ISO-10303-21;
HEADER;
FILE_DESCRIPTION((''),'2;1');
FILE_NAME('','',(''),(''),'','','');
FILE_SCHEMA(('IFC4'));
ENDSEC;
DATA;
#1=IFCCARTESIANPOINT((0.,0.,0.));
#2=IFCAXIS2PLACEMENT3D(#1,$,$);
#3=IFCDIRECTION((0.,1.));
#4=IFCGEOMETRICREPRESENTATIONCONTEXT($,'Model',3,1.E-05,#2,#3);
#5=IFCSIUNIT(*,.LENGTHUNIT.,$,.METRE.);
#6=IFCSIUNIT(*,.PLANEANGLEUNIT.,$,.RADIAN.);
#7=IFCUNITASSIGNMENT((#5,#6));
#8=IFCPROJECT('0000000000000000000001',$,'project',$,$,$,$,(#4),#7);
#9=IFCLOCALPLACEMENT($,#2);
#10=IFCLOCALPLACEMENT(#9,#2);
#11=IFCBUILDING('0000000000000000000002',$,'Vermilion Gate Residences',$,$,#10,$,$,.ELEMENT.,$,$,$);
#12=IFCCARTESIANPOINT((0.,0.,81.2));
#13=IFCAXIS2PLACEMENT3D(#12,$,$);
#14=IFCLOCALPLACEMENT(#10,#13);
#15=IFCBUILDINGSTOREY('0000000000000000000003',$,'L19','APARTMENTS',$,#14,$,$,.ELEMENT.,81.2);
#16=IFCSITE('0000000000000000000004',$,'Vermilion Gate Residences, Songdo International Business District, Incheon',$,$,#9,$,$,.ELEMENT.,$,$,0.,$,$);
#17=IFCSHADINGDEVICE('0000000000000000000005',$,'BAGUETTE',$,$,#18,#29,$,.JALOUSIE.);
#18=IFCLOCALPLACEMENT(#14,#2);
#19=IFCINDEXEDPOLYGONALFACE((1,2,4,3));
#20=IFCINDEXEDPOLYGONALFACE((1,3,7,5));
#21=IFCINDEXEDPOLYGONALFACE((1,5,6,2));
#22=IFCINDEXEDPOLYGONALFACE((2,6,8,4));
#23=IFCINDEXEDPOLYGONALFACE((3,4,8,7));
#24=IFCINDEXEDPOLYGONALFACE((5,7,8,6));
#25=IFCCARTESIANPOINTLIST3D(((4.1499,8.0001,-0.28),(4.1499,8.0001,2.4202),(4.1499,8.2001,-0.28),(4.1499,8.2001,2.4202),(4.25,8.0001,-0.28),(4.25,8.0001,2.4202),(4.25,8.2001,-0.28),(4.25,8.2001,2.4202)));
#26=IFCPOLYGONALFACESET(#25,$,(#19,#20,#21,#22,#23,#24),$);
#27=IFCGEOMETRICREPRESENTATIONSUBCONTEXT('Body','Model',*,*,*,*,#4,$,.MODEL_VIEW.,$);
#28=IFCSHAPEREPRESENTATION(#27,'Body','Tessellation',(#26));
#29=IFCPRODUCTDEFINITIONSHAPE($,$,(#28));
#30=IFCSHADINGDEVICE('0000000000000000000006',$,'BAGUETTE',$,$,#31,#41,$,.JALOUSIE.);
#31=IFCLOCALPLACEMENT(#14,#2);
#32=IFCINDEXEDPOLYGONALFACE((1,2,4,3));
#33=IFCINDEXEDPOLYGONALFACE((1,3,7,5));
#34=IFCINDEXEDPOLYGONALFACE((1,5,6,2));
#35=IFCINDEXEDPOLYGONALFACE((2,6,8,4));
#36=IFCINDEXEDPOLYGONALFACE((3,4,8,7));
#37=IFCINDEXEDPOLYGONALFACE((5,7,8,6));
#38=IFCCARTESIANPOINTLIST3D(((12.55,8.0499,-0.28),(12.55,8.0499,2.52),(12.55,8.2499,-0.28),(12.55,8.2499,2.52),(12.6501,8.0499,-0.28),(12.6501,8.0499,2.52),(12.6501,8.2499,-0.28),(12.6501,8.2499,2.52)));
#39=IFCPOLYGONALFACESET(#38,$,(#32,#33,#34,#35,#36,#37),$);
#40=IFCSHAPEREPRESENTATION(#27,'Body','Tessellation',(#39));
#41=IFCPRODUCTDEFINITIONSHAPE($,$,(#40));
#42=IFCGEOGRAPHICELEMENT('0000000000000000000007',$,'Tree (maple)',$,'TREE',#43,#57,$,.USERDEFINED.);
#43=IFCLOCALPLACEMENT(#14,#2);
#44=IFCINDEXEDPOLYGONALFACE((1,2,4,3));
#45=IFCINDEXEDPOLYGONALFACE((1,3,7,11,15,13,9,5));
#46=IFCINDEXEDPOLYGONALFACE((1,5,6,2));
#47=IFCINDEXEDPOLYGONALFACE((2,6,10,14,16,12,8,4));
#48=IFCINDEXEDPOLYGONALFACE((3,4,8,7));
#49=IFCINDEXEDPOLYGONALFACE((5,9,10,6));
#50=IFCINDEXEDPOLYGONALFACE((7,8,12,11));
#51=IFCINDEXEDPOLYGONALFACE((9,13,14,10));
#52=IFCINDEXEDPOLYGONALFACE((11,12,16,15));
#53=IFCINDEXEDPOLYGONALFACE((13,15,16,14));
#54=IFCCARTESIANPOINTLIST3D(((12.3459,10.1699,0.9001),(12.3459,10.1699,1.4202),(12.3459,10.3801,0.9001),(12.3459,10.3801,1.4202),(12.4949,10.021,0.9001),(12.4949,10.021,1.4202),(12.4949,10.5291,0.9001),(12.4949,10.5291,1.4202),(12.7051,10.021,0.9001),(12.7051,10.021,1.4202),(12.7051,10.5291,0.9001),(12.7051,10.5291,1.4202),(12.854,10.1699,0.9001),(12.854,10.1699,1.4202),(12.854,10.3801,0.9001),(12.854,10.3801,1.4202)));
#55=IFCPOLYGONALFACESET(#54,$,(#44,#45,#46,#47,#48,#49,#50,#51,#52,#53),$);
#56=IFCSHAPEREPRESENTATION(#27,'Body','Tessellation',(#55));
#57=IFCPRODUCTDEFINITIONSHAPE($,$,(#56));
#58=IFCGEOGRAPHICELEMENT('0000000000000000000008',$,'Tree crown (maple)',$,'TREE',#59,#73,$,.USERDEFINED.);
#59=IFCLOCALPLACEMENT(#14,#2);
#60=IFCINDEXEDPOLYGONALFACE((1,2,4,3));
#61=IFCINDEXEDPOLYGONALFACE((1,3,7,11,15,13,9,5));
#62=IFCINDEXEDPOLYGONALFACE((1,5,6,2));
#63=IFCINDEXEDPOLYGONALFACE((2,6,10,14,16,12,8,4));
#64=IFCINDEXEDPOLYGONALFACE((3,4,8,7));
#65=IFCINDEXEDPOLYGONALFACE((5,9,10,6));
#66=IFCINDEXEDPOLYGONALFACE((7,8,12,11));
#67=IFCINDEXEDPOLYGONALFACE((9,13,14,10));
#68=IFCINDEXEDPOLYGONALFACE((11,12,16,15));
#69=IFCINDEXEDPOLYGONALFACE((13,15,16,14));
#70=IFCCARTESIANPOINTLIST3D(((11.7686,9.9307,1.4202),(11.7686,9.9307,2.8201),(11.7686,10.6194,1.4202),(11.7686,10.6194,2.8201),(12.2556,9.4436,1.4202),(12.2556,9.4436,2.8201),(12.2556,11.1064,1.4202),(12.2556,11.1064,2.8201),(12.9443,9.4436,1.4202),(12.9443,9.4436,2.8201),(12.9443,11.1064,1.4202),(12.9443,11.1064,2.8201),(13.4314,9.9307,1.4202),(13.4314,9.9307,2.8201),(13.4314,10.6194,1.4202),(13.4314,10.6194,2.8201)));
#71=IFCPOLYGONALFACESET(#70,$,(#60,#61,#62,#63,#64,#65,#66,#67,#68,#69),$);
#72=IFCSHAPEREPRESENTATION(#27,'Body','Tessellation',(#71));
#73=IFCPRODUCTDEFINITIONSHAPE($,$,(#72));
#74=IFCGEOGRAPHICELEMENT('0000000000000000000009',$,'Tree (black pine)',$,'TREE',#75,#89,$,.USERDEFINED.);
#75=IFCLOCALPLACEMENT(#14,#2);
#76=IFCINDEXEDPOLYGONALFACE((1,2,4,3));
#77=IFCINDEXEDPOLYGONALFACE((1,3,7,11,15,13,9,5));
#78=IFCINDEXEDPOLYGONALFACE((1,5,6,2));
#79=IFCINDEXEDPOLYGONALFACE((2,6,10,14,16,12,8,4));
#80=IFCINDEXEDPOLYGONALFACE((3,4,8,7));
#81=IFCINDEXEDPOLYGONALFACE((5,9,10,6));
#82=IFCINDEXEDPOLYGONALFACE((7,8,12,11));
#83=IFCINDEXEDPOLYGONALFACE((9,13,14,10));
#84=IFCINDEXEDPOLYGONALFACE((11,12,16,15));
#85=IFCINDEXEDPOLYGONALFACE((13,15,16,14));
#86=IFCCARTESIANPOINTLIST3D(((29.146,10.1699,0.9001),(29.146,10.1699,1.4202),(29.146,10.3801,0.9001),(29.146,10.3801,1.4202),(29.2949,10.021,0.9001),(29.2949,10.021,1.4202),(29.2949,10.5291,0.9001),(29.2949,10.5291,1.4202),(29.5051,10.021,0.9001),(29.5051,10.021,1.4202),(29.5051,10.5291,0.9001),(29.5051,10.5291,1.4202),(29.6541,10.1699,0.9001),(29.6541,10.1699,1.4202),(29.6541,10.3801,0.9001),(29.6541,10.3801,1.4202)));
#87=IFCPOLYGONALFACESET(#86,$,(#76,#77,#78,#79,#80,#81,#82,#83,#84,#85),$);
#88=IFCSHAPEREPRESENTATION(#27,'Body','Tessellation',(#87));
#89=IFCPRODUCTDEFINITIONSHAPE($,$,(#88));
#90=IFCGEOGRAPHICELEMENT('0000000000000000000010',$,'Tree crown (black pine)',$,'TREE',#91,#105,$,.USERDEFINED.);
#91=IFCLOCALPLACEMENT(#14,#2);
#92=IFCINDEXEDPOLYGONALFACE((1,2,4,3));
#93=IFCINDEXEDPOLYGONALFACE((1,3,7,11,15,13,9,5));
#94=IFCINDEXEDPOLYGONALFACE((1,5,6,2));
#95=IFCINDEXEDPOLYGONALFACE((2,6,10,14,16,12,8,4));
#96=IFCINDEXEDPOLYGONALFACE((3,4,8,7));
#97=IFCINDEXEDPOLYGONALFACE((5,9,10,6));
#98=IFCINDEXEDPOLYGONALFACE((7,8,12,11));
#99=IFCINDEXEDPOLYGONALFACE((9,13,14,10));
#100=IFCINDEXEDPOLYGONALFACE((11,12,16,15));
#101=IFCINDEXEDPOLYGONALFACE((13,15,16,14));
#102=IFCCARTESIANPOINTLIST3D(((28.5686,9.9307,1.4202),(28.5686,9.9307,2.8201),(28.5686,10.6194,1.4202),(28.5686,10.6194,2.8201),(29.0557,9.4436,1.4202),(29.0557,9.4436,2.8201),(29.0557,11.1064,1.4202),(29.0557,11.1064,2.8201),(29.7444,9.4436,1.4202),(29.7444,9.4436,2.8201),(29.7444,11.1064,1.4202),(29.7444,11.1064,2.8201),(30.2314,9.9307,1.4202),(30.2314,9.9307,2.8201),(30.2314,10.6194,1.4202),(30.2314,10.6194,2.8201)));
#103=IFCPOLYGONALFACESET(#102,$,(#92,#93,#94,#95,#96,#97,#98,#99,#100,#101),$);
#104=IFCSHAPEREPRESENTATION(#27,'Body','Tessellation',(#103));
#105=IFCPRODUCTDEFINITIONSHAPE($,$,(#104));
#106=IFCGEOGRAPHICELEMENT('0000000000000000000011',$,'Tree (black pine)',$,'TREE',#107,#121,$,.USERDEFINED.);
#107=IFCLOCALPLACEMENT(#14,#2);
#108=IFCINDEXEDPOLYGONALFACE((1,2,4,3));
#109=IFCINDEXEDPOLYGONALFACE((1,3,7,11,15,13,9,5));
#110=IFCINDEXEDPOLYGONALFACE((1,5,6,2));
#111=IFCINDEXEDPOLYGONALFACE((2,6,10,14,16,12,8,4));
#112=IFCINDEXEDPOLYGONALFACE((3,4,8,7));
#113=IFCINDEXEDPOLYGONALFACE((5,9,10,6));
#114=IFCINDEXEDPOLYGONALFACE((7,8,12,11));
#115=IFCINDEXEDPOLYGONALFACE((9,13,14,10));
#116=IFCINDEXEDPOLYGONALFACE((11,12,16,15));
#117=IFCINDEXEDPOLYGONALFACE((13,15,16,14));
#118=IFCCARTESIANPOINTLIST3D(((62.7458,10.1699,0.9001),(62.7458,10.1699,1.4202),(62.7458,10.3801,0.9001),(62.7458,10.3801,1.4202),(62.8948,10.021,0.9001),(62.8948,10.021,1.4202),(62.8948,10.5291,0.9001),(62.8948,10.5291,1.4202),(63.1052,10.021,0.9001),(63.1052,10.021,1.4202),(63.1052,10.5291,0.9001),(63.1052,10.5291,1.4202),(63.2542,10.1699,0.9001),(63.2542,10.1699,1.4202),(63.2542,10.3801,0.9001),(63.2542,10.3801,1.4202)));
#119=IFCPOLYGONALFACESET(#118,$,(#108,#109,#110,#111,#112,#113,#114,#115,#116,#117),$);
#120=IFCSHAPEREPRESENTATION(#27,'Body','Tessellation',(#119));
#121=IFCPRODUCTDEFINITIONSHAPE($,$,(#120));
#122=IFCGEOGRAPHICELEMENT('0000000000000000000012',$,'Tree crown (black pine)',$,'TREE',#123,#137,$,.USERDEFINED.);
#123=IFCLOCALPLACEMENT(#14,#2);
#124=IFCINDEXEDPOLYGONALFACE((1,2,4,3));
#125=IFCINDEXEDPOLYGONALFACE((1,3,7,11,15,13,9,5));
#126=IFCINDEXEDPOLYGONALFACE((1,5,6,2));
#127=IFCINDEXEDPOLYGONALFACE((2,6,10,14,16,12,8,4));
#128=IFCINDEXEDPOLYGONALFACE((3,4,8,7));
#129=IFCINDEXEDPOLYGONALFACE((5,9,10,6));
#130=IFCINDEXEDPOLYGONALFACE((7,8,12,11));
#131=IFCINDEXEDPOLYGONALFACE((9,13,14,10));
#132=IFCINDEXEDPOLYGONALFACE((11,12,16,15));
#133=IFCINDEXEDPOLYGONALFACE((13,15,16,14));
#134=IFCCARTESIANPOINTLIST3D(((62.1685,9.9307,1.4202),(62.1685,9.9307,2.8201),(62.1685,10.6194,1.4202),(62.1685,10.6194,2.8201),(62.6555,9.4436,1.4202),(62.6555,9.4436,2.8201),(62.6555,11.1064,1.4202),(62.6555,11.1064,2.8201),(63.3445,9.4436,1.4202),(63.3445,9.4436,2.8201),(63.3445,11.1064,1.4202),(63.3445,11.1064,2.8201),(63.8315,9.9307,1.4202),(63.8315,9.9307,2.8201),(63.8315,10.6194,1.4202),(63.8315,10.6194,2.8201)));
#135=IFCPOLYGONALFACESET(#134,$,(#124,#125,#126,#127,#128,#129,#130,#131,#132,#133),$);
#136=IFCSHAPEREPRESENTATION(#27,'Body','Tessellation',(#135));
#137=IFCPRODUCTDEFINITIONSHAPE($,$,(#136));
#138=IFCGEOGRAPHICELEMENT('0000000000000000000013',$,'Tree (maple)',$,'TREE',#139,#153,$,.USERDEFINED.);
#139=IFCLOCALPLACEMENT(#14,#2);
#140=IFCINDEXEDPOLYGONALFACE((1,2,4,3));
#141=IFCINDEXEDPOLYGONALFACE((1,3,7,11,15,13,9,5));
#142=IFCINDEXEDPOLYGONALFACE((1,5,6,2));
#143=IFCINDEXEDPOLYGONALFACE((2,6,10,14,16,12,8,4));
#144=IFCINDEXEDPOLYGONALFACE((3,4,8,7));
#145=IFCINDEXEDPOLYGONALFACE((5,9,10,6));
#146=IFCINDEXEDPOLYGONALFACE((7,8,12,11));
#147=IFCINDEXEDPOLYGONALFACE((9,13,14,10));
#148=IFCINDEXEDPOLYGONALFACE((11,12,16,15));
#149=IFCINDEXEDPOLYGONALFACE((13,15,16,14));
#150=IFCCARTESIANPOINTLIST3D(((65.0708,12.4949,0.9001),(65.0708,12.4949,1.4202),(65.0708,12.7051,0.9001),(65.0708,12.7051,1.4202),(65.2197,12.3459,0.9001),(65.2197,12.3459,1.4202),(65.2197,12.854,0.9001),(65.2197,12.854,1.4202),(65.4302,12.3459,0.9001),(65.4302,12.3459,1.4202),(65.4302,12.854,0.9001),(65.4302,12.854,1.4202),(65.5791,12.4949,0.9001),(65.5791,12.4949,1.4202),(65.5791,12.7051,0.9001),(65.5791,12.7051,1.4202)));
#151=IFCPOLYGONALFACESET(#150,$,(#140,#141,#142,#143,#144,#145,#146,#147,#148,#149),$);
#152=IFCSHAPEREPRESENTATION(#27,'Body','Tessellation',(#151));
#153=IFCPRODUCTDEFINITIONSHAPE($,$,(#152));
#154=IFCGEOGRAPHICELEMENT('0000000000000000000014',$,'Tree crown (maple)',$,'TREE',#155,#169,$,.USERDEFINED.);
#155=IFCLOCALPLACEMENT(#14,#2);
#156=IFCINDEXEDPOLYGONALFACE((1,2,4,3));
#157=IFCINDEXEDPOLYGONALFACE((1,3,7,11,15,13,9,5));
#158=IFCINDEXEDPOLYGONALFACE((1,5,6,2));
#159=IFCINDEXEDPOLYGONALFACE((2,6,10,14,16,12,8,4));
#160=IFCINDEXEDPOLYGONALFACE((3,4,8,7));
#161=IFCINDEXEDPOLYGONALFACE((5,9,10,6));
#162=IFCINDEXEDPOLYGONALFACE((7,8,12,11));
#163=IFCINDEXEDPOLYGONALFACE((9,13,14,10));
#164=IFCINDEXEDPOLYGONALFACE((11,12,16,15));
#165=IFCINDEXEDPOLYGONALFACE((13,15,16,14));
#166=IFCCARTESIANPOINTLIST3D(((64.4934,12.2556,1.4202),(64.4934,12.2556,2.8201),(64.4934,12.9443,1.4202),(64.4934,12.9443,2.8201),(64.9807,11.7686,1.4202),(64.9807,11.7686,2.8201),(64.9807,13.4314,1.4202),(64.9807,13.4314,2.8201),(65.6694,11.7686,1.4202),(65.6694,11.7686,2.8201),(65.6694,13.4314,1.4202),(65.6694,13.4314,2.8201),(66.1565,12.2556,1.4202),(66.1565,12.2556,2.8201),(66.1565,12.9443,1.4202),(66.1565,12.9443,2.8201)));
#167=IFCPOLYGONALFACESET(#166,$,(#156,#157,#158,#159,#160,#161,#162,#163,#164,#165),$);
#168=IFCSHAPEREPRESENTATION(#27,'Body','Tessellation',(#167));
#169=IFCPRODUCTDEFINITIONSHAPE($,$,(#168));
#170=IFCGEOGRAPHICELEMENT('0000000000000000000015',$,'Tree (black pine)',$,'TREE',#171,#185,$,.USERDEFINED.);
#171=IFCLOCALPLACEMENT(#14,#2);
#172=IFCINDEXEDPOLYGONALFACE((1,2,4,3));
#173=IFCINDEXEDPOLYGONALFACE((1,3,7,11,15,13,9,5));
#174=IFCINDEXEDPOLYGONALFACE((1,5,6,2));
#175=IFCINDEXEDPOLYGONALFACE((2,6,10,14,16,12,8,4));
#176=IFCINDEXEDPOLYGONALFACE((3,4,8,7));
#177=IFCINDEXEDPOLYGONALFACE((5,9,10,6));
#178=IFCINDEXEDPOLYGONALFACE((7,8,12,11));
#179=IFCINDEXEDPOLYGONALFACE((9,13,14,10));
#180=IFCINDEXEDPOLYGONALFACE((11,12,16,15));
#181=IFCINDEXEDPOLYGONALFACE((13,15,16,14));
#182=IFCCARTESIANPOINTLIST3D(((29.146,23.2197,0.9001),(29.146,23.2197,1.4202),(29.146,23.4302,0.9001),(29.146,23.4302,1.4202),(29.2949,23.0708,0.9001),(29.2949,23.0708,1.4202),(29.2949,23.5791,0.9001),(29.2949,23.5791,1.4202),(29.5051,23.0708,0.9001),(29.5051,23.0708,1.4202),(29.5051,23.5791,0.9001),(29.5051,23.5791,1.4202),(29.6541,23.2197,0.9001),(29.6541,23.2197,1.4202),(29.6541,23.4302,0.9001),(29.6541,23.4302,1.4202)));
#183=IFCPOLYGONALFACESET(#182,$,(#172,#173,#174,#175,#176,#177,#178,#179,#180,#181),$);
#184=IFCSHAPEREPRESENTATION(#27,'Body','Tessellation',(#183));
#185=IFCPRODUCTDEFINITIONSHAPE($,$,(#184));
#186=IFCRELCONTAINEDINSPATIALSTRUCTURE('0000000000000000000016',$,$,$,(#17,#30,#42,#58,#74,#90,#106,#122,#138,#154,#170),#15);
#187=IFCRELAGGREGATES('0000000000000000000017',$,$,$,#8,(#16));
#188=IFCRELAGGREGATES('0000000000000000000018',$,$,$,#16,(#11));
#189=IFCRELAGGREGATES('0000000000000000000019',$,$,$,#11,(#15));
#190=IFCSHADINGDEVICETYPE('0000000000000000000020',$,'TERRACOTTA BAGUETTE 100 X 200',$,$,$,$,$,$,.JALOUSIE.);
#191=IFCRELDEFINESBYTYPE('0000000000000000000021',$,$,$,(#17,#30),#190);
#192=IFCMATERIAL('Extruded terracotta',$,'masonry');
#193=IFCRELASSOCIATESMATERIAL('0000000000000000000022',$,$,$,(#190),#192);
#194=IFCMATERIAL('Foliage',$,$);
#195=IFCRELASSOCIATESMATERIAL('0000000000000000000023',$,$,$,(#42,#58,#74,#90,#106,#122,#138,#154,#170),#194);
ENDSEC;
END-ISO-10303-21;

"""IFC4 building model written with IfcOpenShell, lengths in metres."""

from ifc_helpers import new_model, si_unit, direction, frame, origin, origin_2d, place, context, subcontext, project, spatial, polyline, rectangle, outline, extrude, material, material_profile, profile_set, type_object, element, save


model = new_model("IFC4")

# Units and contexts
model_context = context("Model", 3, precision=1e-05, world=origin(), true_north=direction((0.0, 1.0)))
body_context = subcontext(model_context, "Body", "Model", "MODEL_VIEW")
ifc_project = project(units=[si_unit("LENGTHUNIT", "METRE"), si_unit("PLANEANGLEUNIT", "RADIAN")], contexts=[model_context])

# Site, building, storey
site_placement = place(None, origin())
site = spatial("IfcSite", under=ifc_project, at=site_placement, Name="Vermilion Gate Residences, Songdo International Business District, Incheon", CompositionType="ELEMENT", RefElevation=0.0)
building_placement = place(site_placement, origin())
building = spatial("IfcBuilding", under=site, at=building_placement, Name="Vermilion Gate Residences", CompositionType="ELEMENT")
storey_placement = place(building_placement, frame((0.0, 0.0, 81.2)))
storey = spatial("IfcBuildingStorey", under=building, at=storey_placement, Name="L19", Description="APARTMENTS", CompositionType="ELEMENT", Elevation=81.2)

# Shading devices
ifc_material_1 = material(Name="Extruded terracotta", Category="masonry")
ifc_material_profile_1 = material_profile(ifc_material_1, rectangle(XDim=0.2, YDim=0.1001, at=origin_2d()), Name="BAGUETTE 100 X 200")
ifc_profile_set_1 = profile_set([ifc_material_profile_1], Name="Extruded terracotta")
shading_device_type_1 = type_object("IfcShadingDeviceType", Name="TERRACOTTA BAGUETTE 100 X 200", PredefinedType="JALOUSIE", material=ifc_profile_set_1)
shading_device_1_placement = place(storey_placement, frame((4.2, 8.1001, -0.28), z_axis=(0.0, 0.0, 1.0), x_axis=(0.0, 1.0, 0.0)))
element("IfcShadingDevice", 1, at=shading_device_1_placement, inside=storey, type_object=shading_device_type_1, Name="BAGUETTE", PredefinedType="JALOUSIE", context=body_context, shape_type="SweptSolid", body=[
    extrude(rectangle(XDim=0.2, YDim=0.1001, at=origin_2d()), origin(), (0.0, 0.0, 1.0), 2.7002),
])
shading_device_2_placement = place(storey_placement, frame((12.6001, 8.1499, -0.28), z_axis=(0.0, 0.0, 1.0), x_axis=(0.0, 1.0, 0.0)))
element("IfcShadingDevice", 2, at=shading_device_2_placement, inside=storey, type_object=shading_device_type_1, Name="BAGUETTE", PredefinedType="JALOUSIE", context=body_context, shape_type="SweptSolid", body=[
    extrude(rectangle(XDim=0.2, YDim=0.1001, at=origin_2d()), origin(), (0.0, 0.0, 1.0), 2.8),
])

# Geographic elements
ifc_material_2 = material(Name="Foliage")
geographic_element_1_placement = place(storey_placement, frame((0.0, 0.0, 0.9001)))
element("IfcGeographicElement", 3, at=geographic_element_1_placement, inside=storey, material=ifc_material_2, Name="Tree (maple)", ObjectType="TREE", PredefinedType="USERDEFINED", context=body_context, shape_type="SweptSolid", body=[
    extrude(outline(polyline([(12.854, 10.3801), (12.7051, 10.5291), (12.4949, 10.5291), (12.3459, 10.3801), (12.3459, 10.1699), (12.4949, 10.021), (12.7051, 10.021), (12.854, 10.1699), (12.854, 10.3801)])), origin(), (0.0, 0.0, 1.0), 0.52),
])
geographic_element_2_placement = place(storey_placement, frame((0.0, 0.0, 1.4202)))
element("IfcGeographicElement", 4, at=geographic_element_2_placement, inside=storey, material=ifc_material_2, Name="Tree crown (maple)", ObjectType="TREE", PredefinedType="USERDEFINED", context=body_context, shape_type="SweptSolid", body=[
    extrude(outline(polyline([(13.4314, 10.6194), (12.9443, 11.1064), (12.2556, 11.1064), (11.7686, 10.6194), (11.7686, 9.9307), (12.2556, 9.4436), (12.9443, 9.4436), (13.4314, 9.9307), (13.4314, 10.6194)])), origin(), (0.0, 0.0, 1.0), 1.3999),
])
geographic_element_3_placement = place(storey_placement, frame((0.0, 0.0, 0.9001)))
element("IfcGeographicElement", 5, at=geographic_element_3_placement, inside=storey, material=ifc_material_2, Name="Tree (black pine)", ObjectType="TREE", PredefinedType="USERDEFINED", context=body_context, shape_type="SweptSolid", body=[
    extrude(outline(polyline([(29.6541, 10.3801), (29.5051, 10.5291), (29.2949, 10.5291), (29.146, 10.3801), (29.146, 10.1699), (29.2949, 10.021), (29.5051, 10.021), (29.6541, 10.1699), (29.6541, 10.3801)])), origin(), (0.0, 0.0, 1.0), 0.52),
])
geographic_element_4_placement = place(storey_placement, frame((0.0, 0.0, 1.4202)))
element("IfcGeographicElement", 6, at=geographic_element_4_placement, inside=storey, material=ifc_material_2, Name="Tree crown (black pine)", ObjectType="TREE", PredefinedType="USERDEFINED", context=body_context, shape_type="SweptSolid", body=[
    extrude(outline(polyline([(30.2314, 10.6194), (29.7444, 11.1064), (29.0557, 11.1064), (28.5686, 10.6194), (28.5686, 9.9307), (29.0557, 9.4436), (29.7444, 9.4436), (30.2314, 9.9307), (30.2314, 10.6194)])), origin(), (0.0, 0.0, 1.0), 1.3999),
])
geographic_element_5_placement = place(storey_placement, frame((0.0, 0.0, 0.9001)))
element("IfcGeographicElement", 7, at=geographic_element_5_placement, inside=storey, material=ifc_material_2, Name="Tree (black pine)", ObjectType="TREE", PredefinedType="USERDEFINED", context=body_context, shape_type="SweptSolid", body=[
    extrude(outline(polyline([(63.2542, 10.3801), (63.1052, 10.5291), (62.8948, 10.5291), (62.7458, 10.3801), (62.7458, 10.1699), (62.8948, 10.021), (63.1052, 10.021), (63.2542, 10.1699), (63.2542, 10.3801)])), origin(), (0.0, 0.0, 1.0), 0.52),
])
geographic_element_6_placement = place(storey_placement, frame((0.0, 0.0, 1.4202)))
element("IfcGeographicElement", 8, at=geographic_element_6_placement, inside=storey, material=ifc_material_2, Name="Tree crown (black pine)", ObjectType="TREE", PredefinedType="USERDEFINED", context=body_context, shape_type="SweptSolid", body=[
    extrude(outline(polyline([(63.8315, 10.6194), (63.3445, 11.1064), (62.6555, 11.1064), (62.1685, 10.6194), (62.1685, 9.9307), (62.6555, 9.4436), (63.3445, 9.4436), (63.8315, 9.9307), (63.8315, 10.6194)])), origin(), (0.0, 0.0, 1.0), 1.3999),
])
geographic_element_7_placement = place(storey_placement, frame((0.0, 0.0, 0.9001)))
element("IfcGeographicElement", 9, at=geographic_element_7_placement, inside=storey, material=ifc_material_2, Name="Tree (maple)", ObjectType="TREE", PredefinedType="USERDEFINED", context=body_context, shape_type="SweptSolid", body=[
    extrude(outline(polyline([(65.5791, 12.7051), (65.4302, 12.854), (65.2197, 12.854), (65.0708, 12.7051), (65.0708, 12.4949), (65.2197, 12.3459), (65.4302, 12.3459), (65.5791, 12.4949), (65.5791, 12.7051)])), origin(), (0.0, 0.0, 1.0), 0.52),
])
geographic_element_8_placement = place(storey_placement, frame((0.0, 0.0, 1.4202)))
element("IfcGeographicElement", 10, at=geographic_element_8_placement, inside=storey, material=ifc_material_2, Name="Tree crown (maple)", ObjectType="TREE", PredefinedType="USERDEFINED", context=body_context, shape_type="SweptSolid", body=[
    extrude(outline(polyline([(66.1565, 12.9443), (65.6694, 13.4314), (64.9807, 13.4314), (64.4934, 12.9443), (64.4934, 12.2556), (64.9807, 11.7686), (65.6694, 11.7686), (66.1565, 12.2556), (66.1565, 12.9443)])), origin(), (0.0, 0.0, 1.0), 1.3999),
])
geographic_element_9_placement = place(storey_placement, frame((0.0, 0.0, 0.9001)))
element("IfcGeographicElement", 11, at=geographic_element_9_placement, inside=storey, material=ifc_material_2, Name="Tree (black pine)", ObjectType="TREE", PredefinedType="USERDEFINED", context=body_context, shape_type="SweptSolid", body=[
    extrude(outline(polyline([(29.6541, 23.4302), (29.5051, 23.5791), (29.2949, 23.5791), (29.146, 23.4302), (29.146, 23.2197), (29.2949, 23.0708), (29.5051, 23.0708), (29.6541, 23.2197), (29.6541, 23.4302)])), origin(), (0.0, 0.0, 1.0), 0.52),
])

save(model, "model.ifc")
